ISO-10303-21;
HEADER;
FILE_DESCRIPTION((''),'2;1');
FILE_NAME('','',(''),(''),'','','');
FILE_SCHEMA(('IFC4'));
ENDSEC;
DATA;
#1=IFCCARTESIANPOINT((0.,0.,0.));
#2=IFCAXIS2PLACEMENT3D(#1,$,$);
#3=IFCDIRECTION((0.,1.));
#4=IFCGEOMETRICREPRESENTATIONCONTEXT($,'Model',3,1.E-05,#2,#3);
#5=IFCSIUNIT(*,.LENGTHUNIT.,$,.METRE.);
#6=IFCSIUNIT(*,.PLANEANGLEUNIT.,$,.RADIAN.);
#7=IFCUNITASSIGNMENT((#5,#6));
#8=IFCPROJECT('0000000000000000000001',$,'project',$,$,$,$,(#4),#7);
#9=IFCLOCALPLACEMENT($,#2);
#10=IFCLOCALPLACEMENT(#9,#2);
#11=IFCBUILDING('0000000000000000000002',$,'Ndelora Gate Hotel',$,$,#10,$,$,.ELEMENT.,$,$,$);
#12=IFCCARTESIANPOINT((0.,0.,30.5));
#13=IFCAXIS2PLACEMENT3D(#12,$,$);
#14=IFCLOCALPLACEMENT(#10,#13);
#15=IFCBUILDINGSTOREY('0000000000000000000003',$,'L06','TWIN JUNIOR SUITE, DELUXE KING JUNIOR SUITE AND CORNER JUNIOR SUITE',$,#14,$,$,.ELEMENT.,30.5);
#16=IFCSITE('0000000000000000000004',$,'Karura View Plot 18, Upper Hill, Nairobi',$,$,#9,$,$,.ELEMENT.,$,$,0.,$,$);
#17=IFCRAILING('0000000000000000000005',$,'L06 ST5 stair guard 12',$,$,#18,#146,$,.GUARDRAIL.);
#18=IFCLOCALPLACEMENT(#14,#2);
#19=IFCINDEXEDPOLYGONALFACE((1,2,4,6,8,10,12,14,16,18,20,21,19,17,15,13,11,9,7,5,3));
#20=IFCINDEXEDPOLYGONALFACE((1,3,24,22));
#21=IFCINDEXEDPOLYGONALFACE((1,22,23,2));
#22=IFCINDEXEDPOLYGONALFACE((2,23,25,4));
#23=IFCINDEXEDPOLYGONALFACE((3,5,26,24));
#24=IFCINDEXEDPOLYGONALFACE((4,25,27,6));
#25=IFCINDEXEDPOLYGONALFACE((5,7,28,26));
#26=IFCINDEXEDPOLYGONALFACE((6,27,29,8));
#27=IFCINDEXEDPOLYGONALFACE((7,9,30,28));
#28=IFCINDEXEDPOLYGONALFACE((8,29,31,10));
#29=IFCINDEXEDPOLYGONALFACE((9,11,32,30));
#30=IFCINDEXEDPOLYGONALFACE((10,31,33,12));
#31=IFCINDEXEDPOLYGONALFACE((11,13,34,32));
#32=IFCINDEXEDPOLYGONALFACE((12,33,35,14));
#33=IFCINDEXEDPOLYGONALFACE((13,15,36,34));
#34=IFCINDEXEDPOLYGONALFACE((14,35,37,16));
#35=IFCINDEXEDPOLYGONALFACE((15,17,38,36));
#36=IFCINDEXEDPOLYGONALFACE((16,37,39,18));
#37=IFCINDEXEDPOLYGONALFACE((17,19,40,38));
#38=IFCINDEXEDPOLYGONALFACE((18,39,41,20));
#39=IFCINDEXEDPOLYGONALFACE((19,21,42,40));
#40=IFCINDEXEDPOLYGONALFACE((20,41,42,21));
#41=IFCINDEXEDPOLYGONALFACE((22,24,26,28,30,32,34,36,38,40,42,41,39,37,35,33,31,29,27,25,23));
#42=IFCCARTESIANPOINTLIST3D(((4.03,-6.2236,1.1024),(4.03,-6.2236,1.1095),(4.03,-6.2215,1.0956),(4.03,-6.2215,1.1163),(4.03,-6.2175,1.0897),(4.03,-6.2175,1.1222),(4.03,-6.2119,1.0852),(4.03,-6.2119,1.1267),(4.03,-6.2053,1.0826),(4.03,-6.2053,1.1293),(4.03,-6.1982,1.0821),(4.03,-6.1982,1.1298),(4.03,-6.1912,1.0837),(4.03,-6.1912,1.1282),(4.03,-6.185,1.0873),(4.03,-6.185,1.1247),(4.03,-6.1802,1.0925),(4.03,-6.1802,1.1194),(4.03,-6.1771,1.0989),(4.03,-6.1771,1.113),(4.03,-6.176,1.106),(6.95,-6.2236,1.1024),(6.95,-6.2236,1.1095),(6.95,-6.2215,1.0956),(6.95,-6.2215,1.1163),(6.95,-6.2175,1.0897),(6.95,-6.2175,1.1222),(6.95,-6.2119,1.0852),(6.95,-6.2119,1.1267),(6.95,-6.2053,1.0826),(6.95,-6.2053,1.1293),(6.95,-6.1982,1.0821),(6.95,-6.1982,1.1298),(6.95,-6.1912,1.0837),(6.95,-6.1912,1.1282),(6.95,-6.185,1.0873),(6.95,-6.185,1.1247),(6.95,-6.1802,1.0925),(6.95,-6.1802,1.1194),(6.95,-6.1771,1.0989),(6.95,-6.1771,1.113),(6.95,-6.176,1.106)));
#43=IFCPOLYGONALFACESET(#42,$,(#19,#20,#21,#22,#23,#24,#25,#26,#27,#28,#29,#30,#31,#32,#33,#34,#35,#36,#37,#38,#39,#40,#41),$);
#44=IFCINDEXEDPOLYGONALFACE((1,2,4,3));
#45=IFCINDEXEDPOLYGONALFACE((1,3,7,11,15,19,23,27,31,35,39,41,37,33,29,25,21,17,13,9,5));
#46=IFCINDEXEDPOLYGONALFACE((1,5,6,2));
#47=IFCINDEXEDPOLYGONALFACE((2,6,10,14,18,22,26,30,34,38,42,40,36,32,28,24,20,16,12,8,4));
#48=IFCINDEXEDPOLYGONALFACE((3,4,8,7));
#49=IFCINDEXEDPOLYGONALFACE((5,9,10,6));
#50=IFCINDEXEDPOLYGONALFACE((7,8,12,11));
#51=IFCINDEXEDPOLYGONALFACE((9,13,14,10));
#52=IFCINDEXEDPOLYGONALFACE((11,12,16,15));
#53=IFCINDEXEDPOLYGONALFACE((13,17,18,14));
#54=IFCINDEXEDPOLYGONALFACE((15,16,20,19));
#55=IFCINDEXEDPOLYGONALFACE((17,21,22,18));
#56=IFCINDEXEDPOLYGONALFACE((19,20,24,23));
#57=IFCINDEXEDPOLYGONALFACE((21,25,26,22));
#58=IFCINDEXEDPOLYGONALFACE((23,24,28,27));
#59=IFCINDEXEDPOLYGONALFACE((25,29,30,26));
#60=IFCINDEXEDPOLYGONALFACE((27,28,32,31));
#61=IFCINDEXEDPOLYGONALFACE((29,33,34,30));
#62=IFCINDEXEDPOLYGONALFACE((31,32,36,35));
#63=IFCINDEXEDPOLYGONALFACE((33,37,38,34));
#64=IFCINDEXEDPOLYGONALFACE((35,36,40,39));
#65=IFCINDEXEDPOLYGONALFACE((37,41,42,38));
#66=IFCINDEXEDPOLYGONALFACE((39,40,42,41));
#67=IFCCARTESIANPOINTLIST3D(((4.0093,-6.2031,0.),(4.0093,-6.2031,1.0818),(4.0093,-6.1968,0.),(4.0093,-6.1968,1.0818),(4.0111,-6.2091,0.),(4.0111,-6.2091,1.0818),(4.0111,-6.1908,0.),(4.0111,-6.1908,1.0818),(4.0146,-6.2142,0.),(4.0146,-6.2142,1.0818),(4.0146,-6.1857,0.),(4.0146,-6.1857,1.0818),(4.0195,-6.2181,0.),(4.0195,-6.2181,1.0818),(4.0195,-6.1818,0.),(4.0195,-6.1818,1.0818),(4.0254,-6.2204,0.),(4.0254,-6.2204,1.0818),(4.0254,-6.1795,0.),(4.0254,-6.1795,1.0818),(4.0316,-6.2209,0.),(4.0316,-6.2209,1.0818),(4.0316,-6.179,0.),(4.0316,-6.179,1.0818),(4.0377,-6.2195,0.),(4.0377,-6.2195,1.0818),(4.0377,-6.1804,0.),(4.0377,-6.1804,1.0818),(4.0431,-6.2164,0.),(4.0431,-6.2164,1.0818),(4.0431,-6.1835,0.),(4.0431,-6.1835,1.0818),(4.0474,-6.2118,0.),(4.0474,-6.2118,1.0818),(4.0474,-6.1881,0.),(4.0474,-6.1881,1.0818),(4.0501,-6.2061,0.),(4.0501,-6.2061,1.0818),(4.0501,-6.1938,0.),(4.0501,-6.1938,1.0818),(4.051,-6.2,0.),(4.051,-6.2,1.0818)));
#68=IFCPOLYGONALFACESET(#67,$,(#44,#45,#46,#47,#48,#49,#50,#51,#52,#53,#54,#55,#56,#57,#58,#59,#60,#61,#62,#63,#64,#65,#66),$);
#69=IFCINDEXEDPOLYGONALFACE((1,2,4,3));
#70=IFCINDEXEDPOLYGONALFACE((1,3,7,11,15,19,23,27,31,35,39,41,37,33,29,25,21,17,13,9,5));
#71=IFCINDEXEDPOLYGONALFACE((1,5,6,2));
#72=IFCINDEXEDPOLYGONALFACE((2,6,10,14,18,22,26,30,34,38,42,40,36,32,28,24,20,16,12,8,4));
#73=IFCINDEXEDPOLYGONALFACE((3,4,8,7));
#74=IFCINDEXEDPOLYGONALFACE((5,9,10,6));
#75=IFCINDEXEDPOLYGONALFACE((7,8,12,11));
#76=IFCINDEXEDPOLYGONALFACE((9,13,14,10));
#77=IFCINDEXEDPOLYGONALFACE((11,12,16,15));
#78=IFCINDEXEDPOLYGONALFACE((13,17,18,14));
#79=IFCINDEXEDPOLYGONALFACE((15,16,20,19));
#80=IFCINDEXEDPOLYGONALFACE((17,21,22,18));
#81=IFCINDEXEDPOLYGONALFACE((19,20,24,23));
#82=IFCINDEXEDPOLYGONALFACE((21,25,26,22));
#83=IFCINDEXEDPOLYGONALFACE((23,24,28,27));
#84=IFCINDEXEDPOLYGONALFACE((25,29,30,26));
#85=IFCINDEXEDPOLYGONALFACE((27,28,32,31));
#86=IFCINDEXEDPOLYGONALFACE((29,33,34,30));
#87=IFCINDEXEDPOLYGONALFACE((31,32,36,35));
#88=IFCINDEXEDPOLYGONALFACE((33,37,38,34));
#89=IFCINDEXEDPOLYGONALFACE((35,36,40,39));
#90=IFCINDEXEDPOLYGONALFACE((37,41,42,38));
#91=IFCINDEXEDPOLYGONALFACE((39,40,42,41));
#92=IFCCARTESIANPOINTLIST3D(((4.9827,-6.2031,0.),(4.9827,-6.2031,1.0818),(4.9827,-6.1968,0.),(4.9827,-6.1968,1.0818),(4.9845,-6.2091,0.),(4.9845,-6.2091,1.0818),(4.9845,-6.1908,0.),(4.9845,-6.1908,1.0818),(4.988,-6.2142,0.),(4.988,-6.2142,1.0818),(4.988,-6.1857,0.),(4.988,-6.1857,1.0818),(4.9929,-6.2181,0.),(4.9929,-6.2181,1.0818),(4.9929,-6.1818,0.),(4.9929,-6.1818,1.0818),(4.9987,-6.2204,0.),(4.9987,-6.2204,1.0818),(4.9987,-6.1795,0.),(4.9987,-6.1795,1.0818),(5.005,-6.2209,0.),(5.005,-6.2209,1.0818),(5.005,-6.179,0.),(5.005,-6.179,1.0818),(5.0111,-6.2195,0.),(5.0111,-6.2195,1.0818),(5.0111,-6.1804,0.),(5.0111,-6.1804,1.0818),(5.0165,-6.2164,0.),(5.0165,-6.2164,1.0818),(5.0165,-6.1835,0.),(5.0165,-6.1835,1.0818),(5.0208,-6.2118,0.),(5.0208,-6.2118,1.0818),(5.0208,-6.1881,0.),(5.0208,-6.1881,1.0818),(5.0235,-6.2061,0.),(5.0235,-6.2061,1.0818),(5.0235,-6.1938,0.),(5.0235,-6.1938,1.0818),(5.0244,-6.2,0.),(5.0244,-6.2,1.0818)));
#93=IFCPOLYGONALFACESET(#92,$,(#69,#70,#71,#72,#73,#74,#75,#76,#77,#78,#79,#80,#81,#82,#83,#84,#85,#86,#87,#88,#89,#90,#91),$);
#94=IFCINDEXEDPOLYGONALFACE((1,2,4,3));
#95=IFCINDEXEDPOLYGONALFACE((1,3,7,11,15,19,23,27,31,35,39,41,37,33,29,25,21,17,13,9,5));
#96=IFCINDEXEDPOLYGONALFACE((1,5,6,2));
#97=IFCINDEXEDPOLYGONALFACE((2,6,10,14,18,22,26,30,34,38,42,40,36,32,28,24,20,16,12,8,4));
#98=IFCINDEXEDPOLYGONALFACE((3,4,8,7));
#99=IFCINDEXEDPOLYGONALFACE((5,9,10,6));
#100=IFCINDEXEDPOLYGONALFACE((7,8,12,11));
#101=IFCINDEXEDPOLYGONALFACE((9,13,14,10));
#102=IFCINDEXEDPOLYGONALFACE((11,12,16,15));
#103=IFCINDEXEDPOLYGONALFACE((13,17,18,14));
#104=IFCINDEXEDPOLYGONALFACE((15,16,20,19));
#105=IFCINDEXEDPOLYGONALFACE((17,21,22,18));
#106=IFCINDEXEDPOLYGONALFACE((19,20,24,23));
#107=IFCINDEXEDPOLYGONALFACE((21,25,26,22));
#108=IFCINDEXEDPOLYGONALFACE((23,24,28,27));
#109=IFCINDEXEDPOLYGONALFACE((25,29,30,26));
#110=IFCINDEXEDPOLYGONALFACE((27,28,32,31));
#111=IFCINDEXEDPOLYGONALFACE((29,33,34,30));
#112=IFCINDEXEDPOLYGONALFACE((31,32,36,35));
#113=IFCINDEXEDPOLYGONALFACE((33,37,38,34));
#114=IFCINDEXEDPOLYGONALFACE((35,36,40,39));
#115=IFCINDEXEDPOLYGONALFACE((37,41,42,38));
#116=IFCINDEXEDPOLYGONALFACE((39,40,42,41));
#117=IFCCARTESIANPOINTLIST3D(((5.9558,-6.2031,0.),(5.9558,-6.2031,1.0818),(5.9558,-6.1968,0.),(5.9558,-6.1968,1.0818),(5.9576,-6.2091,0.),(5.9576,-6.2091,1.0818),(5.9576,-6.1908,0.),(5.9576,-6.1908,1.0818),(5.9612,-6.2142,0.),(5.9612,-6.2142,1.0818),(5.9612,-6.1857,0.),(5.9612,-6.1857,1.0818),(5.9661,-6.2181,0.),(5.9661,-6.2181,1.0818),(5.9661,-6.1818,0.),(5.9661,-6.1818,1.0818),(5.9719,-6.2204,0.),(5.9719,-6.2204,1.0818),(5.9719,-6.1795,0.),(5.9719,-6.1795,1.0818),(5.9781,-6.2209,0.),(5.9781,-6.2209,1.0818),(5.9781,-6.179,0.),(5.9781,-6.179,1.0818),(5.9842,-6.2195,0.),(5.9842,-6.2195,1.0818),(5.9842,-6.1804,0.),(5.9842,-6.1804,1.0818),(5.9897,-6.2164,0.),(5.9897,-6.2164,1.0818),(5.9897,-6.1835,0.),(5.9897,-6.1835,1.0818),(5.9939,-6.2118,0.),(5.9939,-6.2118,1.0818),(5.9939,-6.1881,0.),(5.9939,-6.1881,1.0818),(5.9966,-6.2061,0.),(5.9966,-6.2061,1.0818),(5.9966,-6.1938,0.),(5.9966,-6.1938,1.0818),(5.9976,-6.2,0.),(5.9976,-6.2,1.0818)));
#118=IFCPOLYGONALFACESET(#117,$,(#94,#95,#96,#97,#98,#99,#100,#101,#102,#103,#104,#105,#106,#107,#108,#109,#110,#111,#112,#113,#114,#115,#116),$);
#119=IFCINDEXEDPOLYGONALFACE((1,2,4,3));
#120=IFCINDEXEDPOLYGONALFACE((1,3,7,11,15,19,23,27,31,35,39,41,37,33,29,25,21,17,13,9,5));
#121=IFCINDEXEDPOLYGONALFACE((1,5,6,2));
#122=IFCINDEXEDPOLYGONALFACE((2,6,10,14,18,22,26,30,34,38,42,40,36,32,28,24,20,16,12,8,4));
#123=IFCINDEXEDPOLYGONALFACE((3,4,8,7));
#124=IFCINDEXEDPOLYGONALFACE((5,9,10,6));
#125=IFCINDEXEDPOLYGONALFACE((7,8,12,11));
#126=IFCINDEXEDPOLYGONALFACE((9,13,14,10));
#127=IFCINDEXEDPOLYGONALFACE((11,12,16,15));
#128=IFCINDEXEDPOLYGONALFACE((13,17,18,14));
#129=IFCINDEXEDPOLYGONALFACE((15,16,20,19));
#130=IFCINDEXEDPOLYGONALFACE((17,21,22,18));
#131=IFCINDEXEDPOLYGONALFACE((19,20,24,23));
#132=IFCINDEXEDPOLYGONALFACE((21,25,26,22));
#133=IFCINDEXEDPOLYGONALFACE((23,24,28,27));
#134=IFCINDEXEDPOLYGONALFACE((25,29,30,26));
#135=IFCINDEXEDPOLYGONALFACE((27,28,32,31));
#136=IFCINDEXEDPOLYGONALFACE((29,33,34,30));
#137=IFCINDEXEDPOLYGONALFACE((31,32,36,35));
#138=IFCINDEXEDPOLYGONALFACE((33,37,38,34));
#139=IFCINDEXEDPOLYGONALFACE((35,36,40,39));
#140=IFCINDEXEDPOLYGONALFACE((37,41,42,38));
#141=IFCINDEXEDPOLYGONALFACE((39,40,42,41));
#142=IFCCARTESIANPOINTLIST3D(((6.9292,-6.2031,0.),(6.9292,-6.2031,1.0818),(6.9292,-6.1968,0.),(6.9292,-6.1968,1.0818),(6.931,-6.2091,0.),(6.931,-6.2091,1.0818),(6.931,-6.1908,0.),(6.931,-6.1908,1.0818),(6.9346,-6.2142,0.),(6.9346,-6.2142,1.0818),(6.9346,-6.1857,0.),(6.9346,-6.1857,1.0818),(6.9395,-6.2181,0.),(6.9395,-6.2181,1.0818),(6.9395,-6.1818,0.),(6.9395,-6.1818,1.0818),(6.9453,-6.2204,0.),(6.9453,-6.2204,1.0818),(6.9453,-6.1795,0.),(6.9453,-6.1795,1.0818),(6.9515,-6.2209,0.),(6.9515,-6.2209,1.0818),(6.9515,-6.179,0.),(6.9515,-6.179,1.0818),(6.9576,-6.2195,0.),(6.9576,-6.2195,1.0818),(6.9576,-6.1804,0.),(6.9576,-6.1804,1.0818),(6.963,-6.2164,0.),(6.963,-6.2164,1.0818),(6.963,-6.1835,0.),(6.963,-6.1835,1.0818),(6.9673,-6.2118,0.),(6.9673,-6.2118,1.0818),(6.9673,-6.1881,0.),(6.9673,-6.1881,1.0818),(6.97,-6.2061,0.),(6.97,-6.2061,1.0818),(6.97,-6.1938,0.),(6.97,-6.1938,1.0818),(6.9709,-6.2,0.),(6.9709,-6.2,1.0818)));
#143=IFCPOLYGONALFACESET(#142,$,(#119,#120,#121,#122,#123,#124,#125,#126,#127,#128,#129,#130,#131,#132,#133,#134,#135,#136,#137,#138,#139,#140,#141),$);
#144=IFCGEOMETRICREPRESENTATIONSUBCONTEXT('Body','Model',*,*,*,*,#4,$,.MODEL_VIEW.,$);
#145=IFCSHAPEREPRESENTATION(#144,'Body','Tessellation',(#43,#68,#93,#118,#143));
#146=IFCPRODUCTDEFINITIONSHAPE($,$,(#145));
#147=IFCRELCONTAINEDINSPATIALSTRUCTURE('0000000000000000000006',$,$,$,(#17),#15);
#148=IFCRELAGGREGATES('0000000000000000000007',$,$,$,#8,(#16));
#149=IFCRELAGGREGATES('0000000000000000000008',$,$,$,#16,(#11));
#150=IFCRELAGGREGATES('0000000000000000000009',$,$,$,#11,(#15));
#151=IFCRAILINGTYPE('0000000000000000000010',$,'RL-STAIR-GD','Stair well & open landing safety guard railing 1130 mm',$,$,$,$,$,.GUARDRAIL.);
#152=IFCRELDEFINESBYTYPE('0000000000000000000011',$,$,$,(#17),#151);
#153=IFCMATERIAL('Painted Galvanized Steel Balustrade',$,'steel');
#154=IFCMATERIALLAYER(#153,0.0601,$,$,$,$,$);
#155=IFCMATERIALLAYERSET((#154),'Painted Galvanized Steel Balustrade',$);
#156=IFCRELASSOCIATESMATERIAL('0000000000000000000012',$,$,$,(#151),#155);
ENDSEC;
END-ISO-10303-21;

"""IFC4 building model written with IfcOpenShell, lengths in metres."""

from ifc_helpers import new_model, si_unit, direction, frame, origin, origin_2d, place, context, subcontext, project, spatial, circle, extrude, material, layer, layer_set, type_object, element, save


model = new_model("IFC4")

# Units and contexts
model_context = context("Model", 3, precision=1e-05, world=origin(), true_north=direction((0.0, 1.0)))
body_context = subcontext(model_context, "Body", "Model", "MODEL_VIEW")
ifc_project = project(units=[si_unit("LENGTHUNIT", "METRE"), si_unit("PLANEANGLEUNIT", "RADIAN")], contexts=[model_context])

# Site, building, storey
site_placement = place(None, origin())
site = spatial("IfcSite", under=ifc_project, at=site_placement, Name="Karura View Plot 18, Upper Hill, Nairobi", CompositionType="ELEMENT", RefElevation=0.0)
building_placement = place(site_placement, origin())
building = spatial("IfcBuilding", under=site, at=building_placement, Name="Ndelora Gate Hotel", CompositionType="ELEMENT")
storey_placement = place(building_placement, frame((0.0, 0.0, 30.5)))
storey = spatial("IfcBuildingStorey", under=building, at=storey_placement, Name="L06", Description="TWIN JUNIOR SUITE, DELUXE KING JUNIOR SUITE AND CORNER JUNIOR SUITE", CompositionType="ELEMENT", Elevation=30.5)

# Railing
ifc_material_1 = material(Name="Painted Galvanized Steel Balustrade", Category="steel")
ifc_layer_1 = layer(ifc_material_1, 0.0601)
ifc_layer_set_1 = layer_set([ifc_layer_1], Name="Painted Galvanized Steel Balustrade")
railing_type_1 = type_object("IfcRailingType", Name="RL-STAIR-GD", Description="Stair well & open landing safety guard railing 1130 mm", PredefinedType="GUARDRAIL", material=ifc_layer_set_1)
railing_1_placement = place(storey_placement, frame((4.03, -6.2, 0.0)))
element("IfcRailing", 1, at=railing_1_placement, inside=storey, type_object=railing_type_1, Name="L06 ST5 stair guard 12", PredefinedType="GUARDRAIL", context=body_context, shape_type="SweptSolid", body=[
    extrude(circle(Radius=0.0239, at=origin_2d()), frame((0.0, 0.0, 1.106), z_axis=(1.0, 0.0, 0.0), x_axis=(0.0, 1.0, 0.0)), (0.0, 0.0, 1.0), 2.9199),
    extrude(circle(Radius=0.021, at=origin_2d()), origin(), (0.0, 0.0, 1.0), 1.0818),
    extrude(circle(Radius=0.021, at=origin_2d()), frame((0.9734, 0.0, 0.0)), (0.0, 0.0, 1.0), 1.0818),
    extrude(circle(Radius=0.021, at=origin_2d()), frame((1.9465, 0.0, 0.0)), (0.0, 0.0, 1.0), 1.0818),
    extrude(circle(Radius=0.021, at=origin_2d()), frame((2.9199, 0.0, 0.0)), (0.0, 0.0, 1.0), 1.0818),
])

save(model, "model.ifc")
